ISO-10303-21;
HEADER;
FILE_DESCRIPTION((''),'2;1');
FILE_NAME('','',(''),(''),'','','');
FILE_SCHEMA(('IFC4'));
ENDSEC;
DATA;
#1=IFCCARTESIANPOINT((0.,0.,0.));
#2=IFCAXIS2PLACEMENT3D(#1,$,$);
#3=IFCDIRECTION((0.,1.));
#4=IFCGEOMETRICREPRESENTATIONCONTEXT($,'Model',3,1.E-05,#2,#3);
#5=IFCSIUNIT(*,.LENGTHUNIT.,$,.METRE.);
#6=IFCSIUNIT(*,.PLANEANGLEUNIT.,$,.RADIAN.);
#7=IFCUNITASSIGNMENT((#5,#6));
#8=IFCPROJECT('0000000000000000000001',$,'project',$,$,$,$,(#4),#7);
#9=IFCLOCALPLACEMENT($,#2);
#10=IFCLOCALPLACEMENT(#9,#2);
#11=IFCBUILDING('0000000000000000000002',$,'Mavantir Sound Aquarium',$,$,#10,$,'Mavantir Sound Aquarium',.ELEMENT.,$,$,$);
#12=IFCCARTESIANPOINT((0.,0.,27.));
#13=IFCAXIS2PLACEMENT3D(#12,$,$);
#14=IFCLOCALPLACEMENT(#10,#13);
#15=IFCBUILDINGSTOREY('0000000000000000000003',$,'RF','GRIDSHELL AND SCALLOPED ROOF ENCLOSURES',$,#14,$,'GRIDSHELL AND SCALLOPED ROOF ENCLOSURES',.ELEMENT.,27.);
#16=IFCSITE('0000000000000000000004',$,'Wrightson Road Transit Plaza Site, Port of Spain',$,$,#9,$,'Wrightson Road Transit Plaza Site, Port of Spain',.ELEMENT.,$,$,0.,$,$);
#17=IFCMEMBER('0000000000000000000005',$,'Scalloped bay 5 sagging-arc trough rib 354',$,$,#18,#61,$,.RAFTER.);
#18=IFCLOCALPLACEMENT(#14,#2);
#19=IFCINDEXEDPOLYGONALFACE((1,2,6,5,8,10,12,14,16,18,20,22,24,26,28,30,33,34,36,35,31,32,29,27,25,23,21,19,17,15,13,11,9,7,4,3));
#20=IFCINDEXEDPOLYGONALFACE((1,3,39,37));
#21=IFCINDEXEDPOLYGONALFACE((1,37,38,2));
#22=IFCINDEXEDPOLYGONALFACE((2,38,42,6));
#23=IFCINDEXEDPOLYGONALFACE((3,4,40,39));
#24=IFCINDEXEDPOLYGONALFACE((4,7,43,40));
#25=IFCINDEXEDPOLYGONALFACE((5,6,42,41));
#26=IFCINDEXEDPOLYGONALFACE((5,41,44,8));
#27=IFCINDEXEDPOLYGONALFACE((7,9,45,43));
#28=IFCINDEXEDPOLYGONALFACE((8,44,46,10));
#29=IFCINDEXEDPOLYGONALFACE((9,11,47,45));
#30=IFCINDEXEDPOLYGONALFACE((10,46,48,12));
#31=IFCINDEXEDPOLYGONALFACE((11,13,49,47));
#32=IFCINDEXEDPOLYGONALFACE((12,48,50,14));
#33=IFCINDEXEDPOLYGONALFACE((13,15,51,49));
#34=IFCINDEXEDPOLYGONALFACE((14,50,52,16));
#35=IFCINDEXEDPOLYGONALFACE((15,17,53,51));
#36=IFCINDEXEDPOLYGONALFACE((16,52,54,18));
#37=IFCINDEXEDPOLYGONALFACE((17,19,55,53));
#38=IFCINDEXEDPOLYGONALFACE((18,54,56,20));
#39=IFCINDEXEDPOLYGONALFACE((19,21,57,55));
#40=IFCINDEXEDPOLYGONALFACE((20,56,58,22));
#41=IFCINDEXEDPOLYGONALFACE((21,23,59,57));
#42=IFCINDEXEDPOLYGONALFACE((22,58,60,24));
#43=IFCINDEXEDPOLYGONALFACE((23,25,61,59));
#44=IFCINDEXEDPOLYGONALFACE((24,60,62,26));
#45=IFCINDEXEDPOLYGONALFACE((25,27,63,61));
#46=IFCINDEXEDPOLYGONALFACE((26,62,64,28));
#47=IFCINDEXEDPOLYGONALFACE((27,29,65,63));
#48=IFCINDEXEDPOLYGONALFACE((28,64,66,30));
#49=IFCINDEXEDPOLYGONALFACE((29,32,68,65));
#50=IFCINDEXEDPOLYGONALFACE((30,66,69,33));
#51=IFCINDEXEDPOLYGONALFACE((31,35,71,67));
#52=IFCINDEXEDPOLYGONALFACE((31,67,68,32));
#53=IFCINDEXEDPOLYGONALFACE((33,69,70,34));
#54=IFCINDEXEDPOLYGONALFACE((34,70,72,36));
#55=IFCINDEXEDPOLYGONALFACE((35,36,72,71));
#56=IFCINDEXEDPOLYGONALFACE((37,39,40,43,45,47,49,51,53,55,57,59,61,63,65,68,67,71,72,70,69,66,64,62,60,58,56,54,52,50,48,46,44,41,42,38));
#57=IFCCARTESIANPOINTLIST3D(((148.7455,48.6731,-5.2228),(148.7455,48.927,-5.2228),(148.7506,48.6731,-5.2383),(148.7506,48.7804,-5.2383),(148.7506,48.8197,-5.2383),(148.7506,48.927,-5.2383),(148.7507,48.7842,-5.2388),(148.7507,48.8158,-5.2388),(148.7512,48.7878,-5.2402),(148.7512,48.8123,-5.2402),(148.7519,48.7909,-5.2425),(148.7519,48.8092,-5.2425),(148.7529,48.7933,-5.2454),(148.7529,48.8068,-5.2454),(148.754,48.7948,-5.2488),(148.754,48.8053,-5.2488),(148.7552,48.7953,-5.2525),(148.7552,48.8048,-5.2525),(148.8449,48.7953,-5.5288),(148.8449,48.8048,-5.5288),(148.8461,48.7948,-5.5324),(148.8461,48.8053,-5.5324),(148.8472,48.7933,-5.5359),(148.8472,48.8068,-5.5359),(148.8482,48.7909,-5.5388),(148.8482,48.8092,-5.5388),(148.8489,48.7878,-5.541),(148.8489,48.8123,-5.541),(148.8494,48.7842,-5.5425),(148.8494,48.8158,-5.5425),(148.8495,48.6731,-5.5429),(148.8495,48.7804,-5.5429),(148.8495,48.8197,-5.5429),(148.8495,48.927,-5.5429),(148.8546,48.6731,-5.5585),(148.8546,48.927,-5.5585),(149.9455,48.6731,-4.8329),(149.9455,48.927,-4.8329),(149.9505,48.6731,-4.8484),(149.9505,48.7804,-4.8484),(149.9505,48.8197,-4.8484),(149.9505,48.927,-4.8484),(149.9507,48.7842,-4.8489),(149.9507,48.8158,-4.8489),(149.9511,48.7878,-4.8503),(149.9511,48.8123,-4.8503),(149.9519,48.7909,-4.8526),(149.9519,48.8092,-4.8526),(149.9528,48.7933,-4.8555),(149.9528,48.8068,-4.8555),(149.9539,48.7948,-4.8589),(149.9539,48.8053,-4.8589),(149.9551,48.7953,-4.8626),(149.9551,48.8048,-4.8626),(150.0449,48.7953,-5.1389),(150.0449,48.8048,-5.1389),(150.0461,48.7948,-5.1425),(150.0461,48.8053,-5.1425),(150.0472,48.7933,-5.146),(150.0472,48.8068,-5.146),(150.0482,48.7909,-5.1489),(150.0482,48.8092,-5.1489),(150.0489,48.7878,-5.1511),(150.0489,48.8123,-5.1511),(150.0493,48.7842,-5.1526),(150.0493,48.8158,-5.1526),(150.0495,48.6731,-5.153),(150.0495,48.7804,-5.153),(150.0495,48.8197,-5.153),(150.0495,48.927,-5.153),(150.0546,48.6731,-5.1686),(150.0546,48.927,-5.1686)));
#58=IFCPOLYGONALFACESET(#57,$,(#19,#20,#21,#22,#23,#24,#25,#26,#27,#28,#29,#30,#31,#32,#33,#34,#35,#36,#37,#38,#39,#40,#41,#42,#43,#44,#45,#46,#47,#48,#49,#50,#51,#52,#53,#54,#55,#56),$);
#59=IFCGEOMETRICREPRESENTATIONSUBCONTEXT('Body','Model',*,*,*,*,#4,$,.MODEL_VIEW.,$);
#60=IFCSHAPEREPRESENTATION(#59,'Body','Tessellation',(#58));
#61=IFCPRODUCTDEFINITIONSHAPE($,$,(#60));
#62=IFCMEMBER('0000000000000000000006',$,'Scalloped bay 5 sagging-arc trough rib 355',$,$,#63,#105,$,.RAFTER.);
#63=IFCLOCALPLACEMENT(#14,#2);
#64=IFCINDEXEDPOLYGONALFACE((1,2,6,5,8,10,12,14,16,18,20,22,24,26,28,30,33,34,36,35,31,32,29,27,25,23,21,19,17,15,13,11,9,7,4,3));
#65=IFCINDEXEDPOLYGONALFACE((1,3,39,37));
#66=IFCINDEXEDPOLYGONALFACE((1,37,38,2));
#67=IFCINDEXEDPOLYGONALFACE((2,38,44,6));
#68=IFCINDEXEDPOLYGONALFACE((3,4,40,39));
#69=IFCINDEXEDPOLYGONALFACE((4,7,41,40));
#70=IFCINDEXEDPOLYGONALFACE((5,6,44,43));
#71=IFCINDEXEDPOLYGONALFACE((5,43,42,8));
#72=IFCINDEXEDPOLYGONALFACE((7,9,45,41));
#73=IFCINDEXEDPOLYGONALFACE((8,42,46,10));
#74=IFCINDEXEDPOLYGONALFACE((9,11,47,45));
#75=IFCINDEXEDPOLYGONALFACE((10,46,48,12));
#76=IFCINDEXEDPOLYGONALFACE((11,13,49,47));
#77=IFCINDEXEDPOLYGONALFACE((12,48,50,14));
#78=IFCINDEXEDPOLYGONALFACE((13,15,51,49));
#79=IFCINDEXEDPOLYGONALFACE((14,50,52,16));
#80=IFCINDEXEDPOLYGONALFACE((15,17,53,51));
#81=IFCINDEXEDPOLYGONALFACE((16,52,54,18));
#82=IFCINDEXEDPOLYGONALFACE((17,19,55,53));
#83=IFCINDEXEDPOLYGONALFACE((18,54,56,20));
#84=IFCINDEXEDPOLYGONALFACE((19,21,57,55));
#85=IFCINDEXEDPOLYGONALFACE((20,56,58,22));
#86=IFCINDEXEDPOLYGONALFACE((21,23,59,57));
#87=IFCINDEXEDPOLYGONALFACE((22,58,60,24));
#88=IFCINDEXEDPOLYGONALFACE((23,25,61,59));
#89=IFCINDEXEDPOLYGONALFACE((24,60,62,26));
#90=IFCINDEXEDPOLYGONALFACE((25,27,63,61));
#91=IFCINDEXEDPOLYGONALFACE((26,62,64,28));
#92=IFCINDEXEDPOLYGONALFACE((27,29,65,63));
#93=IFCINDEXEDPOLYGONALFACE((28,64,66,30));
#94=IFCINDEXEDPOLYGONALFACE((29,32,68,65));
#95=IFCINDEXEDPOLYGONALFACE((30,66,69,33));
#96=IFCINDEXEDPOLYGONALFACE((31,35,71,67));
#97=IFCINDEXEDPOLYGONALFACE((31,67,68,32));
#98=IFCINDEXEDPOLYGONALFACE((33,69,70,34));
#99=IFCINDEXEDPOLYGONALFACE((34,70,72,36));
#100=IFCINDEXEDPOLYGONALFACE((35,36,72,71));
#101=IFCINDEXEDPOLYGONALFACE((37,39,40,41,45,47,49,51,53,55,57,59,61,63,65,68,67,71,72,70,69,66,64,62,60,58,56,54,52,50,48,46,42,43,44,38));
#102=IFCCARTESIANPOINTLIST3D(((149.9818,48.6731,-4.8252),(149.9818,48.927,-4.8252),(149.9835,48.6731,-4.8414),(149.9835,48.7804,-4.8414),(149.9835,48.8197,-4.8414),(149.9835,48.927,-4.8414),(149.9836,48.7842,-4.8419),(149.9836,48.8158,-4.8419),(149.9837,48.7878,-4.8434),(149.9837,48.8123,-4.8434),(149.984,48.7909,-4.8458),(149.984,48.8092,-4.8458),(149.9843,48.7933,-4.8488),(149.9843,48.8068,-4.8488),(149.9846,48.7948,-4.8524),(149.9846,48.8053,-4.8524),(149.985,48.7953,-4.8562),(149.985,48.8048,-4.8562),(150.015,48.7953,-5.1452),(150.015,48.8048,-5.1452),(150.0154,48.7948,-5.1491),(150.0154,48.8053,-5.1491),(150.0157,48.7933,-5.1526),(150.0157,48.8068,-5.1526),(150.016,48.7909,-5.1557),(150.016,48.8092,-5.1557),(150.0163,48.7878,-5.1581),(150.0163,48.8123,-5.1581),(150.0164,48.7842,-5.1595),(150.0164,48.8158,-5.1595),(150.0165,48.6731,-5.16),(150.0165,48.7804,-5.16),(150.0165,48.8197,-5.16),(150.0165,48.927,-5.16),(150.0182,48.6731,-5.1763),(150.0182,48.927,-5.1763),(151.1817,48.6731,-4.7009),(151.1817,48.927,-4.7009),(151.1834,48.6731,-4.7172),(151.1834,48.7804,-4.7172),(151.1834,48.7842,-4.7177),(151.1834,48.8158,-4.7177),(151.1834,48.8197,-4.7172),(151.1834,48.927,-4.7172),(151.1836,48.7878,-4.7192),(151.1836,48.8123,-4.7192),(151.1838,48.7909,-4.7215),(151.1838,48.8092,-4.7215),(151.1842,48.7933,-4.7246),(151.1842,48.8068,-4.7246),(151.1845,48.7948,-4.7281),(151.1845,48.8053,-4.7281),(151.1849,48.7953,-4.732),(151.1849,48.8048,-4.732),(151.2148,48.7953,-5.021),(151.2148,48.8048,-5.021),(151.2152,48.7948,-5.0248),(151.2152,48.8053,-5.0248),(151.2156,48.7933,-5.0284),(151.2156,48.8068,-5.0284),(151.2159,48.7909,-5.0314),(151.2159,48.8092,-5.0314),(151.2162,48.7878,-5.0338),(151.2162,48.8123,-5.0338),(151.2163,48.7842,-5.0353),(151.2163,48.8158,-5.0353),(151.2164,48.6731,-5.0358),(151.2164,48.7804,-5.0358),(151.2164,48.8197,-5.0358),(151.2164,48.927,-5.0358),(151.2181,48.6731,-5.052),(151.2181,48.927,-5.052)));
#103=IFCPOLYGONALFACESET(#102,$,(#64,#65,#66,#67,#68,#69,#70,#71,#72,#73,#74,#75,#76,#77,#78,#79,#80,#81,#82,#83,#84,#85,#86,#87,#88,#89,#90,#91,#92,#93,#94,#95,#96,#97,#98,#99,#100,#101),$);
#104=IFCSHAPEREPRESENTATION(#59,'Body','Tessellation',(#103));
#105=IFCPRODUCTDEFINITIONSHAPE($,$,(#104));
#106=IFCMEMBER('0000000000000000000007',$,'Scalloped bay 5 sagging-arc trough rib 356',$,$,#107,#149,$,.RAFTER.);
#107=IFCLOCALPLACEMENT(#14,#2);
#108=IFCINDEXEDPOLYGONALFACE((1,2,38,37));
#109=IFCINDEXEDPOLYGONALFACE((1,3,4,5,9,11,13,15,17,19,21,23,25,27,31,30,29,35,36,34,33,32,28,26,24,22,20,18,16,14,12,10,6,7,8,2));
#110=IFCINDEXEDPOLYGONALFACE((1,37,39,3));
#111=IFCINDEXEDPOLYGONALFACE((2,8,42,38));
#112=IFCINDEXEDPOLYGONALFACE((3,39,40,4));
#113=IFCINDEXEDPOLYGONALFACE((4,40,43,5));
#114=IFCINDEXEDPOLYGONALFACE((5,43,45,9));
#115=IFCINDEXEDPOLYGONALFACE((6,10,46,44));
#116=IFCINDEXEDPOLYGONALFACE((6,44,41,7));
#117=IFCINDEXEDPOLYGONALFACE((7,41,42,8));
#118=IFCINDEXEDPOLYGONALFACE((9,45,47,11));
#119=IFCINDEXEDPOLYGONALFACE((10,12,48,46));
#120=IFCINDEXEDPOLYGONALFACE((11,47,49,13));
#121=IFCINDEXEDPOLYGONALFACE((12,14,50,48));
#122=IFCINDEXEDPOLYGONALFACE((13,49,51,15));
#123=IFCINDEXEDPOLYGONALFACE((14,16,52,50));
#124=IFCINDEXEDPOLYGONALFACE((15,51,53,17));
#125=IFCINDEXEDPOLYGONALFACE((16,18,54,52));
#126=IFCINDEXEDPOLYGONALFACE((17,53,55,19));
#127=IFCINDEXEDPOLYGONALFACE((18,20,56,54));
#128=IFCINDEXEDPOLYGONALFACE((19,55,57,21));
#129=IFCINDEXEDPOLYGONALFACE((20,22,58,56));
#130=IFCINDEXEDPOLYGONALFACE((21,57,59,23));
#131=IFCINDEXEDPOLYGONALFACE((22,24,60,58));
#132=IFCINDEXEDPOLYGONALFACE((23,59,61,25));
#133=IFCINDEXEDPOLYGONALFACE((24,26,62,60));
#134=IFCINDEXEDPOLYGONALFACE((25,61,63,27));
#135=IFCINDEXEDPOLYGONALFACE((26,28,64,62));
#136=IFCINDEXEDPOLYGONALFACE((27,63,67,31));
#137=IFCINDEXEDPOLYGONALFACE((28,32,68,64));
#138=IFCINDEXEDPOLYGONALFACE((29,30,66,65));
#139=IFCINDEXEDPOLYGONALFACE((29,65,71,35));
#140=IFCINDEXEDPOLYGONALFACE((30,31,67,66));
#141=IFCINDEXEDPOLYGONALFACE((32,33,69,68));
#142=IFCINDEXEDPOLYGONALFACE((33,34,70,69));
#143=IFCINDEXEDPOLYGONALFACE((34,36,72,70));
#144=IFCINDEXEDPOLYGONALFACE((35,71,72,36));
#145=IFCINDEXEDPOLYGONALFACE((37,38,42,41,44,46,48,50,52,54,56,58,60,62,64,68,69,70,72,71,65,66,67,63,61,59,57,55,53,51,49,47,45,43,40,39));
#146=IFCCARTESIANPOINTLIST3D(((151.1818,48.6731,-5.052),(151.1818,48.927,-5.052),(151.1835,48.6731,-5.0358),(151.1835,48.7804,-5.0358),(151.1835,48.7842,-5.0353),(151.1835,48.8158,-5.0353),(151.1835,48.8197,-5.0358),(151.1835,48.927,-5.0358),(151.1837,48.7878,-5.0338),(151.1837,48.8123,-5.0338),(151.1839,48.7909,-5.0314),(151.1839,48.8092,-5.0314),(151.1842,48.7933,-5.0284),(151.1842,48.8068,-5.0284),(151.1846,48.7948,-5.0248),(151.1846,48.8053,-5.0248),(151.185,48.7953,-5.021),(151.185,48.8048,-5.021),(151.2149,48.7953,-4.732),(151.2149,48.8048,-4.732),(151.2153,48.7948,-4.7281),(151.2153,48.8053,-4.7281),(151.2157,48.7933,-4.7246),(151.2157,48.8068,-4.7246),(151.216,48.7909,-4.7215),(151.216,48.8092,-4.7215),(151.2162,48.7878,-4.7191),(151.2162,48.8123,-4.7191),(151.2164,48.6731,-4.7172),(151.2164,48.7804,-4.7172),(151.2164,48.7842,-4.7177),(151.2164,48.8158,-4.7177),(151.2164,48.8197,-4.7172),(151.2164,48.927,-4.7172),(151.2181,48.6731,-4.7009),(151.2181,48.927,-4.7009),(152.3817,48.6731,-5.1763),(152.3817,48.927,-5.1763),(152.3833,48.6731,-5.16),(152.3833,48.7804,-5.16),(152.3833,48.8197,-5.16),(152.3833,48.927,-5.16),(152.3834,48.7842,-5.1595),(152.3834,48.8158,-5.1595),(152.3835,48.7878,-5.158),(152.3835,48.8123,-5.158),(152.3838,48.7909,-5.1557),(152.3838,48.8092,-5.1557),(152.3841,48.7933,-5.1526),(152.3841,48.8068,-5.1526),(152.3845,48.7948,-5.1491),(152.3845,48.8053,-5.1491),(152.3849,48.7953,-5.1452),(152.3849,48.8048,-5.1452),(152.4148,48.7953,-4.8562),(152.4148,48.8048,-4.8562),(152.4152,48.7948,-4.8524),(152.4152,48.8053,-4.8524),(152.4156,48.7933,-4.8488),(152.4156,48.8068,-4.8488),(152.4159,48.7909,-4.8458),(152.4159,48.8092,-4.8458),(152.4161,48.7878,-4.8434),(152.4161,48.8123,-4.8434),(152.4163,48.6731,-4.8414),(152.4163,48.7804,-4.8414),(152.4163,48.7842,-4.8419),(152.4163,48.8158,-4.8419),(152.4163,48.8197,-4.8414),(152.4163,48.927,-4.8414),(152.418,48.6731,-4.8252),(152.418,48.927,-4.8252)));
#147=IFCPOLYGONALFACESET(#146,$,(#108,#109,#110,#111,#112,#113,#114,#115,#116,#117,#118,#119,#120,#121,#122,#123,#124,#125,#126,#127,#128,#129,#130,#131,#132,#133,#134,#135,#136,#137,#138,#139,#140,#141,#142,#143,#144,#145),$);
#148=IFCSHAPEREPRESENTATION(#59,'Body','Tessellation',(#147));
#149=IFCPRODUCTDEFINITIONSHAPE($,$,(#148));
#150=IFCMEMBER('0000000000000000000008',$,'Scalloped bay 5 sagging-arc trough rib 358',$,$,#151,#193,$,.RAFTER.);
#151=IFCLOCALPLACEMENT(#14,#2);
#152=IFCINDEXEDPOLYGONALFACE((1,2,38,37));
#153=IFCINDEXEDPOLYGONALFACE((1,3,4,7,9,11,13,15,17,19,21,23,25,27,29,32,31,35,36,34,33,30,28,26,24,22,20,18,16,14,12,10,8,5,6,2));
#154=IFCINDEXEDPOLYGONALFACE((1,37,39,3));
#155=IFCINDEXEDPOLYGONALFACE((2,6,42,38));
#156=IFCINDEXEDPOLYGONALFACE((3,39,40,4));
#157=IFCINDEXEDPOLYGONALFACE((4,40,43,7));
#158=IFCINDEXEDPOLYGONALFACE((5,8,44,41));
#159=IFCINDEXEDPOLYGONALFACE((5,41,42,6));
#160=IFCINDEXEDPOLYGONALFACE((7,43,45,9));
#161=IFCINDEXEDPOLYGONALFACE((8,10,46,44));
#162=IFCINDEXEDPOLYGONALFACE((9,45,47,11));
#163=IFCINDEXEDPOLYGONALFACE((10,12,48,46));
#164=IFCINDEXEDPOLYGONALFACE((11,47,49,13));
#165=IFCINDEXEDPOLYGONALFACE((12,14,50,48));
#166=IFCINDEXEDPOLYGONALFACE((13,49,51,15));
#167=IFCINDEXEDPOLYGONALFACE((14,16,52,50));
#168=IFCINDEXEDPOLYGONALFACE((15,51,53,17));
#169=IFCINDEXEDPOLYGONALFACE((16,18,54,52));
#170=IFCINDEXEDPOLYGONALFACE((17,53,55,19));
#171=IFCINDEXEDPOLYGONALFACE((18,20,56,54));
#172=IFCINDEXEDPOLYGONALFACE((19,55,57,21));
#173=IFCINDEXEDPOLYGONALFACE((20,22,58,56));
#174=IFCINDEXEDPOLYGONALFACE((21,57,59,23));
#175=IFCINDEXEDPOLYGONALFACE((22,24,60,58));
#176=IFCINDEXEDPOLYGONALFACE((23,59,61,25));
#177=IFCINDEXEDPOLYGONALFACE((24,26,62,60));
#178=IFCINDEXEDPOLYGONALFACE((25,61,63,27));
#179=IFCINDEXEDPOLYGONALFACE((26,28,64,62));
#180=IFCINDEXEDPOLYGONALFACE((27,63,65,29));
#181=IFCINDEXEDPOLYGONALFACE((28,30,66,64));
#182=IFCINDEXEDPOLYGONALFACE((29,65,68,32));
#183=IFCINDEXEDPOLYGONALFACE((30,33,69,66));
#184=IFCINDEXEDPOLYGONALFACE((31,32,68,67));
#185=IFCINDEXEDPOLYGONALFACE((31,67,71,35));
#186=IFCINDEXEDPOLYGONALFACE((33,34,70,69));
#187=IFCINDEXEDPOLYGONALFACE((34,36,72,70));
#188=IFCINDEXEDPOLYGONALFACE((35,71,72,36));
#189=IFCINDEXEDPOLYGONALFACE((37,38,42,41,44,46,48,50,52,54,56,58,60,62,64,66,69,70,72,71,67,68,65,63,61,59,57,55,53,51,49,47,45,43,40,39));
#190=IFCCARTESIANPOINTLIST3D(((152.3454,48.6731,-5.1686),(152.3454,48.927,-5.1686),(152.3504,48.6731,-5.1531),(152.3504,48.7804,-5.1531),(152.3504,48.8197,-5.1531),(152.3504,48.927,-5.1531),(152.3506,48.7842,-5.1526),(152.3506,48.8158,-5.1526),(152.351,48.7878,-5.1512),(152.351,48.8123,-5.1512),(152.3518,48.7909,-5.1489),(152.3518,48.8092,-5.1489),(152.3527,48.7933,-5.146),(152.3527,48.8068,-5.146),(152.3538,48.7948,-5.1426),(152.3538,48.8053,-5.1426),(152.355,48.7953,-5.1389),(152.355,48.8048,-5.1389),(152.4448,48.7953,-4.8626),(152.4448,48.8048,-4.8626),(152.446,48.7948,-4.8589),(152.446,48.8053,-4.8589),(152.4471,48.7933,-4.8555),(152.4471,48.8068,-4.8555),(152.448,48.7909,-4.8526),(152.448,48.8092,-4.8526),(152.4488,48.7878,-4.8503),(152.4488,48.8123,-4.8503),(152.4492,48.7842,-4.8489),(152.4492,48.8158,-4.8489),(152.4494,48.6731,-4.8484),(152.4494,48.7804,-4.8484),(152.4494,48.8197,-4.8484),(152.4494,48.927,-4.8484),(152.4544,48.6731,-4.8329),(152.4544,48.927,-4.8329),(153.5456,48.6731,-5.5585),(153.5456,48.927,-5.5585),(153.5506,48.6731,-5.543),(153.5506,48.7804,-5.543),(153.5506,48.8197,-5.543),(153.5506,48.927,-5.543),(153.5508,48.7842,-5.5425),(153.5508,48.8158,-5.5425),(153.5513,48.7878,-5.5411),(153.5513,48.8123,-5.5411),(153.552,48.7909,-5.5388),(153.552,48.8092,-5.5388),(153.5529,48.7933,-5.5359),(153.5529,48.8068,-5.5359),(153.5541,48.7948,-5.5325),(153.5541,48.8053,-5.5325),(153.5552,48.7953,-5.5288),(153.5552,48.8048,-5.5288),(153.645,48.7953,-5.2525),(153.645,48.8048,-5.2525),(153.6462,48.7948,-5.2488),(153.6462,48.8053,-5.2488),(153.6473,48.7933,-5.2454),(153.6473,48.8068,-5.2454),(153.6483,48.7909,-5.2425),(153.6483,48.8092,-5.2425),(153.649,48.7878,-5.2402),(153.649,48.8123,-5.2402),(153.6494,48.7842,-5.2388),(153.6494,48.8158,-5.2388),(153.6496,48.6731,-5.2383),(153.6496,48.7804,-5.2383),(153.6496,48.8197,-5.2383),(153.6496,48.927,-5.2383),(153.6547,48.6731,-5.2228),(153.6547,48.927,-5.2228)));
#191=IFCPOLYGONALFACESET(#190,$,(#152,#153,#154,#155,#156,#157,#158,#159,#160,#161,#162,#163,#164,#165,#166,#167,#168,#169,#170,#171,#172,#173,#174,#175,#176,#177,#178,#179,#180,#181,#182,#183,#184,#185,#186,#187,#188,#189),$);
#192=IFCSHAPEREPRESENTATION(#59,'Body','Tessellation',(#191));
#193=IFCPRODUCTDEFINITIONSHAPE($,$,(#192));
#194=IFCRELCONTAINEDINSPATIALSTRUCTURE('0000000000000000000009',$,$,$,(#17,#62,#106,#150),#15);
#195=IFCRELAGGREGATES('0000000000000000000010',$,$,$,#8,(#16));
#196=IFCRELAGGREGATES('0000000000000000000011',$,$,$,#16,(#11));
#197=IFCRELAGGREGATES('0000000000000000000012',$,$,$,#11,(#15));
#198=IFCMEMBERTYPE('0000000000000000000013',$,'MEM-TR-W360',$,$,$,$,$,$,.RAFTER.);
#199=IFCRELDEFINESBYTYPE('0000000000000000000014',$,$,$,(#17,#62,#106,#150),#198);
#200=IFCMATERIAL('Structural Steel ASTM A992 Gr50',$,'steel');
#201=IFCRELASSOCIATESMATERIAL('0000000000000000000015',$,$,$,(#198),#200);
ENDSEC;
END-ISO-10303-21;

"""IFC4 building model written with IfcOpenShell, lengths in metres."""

from ifc_helpers import new_model, si_unit, direction, frame, origin, origin_2d, place, context, subcontext, project, spatial, i_section, extrude, material, material_profile, profile_set, type_object, element, save


model = new_model("IFC4")

# Units and contexts
model_context = context("Model", 3, precision=1e-05, world=origin(), true_north=direction((0.0, 1.0)))
body_context = subcontext(model_context, "Body", "Model", "MODEL_VIEW")
ifc_project = project(units=[si_unit("LENGTHUNIT", "METRE"), si_unit("PLANEANGLEUNIT", "RADIAN")], contexts=[model_context])

# Site, building, storey
site_placement = place(None, origin())
site = spatial("IfcSite", under=ifc_project, at=site_placement, Name="Wrightson Road Transit Plaza Site, Port of Spain", LongName="Wrightson Road Transit Plaza Site, Port of Spain", CompositionType="ELEMENT", RefElevation=0.0)
building_placement = place(site_placement, origin())
building = spatial("IfcBuilding", under=site, at=building_placement, Name="Mavantir Sound Aquarium", LongName="Mavantir Sound Aquarium", CompositionType="ELEMENT")
storey_placement = place(building_placement, frame((0.0, 0.0, 27.0)))
storey = spatial("IfcBuildingStorey", under=building, at=storey_placement, Name="RF", Description="GRIDSHELL AND SCALLOPED ROOF ENCLOSURES", LongName="GRIDSHELL AND SCALLOPED ROOF ENCLOSURES", CompositionType="ELEMENT", Elevation=27.0)

# Shared definitions
ifc_material_1 = material(Name="Structural Steel ASTM A992 Gr50", Category="steel")

# Members
ifc_material_profile_1 = material_profile(ifc_material_1, i_section(OverallWidth=0.2539, OverallDepth=0.353, WebThickness=0.0095, FlangeThickness=0.0164, FilletRadius=0.0149, at=origin_2d()), Name="W360X91")
ifc_profile_set_1 = profile_set([ifc_material_profile_1], Name="Structural Steel ASTM A992 Gr50")
member_type_1 = type_object("IfcMemberType", Name="MEM-TR-W360", PredefinedType="RAFTER", material=ifc_profile_set_1)
member_1_placement = place(storey_placement, frame((148.8, 48.8, -5.3906), z_axis=(0.951055, 0.0, 0.30902), x_axis=(0.0, 1.0, 0.0)))
element("IfcMember", 1, at=member_1_placement, inside=storey, type_object=member_type_1, Name="Scalloped bay 5 sagging-arc trough rib 354", PredefinedType="RAFTER", context=body_context, shape_type="SweptSolid", body=[
    extrude(i_section(OverallWidth=0.2539, OverallDepth=0.353, WebThickness=0.0095, FlangeThickness=0.0164, FilletRadius=0.0149, at=origin_2d()), origin(), (0.0, 0.0, 1.0), 1.2617),
])
for number, where, z_axis, x_axis, name in (
    (2, (150.0, 48.8, -5.0007), (0.99468, 0.0, 0.10301), (0.0, 1.0, 0.0), "Scalloped bay 5 sagging-arc trough rib 355"),
    (3, (151.2, 48.8, -4.8765), (0.99468, 0.0, -0.10301), (0.0, 1.0, 0.0), "Scalloped bay 5 sagging-arc trough rib 356"),
):
    element("IfcMember", number, at=place(storey_placement, frame(where, z_axis=z_axis, x_axis=x_axis)), inside=storey, type_object=member_type_1, Name=name, PredefinedType="RAFTER", context=body_context, shape_type="SweptSolid", body=[
        extrude(i_section(OverallWidth=0.2539, OverallDepth=0.353, WebThickness=0.0095, FlangeThickness=0.0164, FilletRadius=0.0149, at=origin_2d()), origin(), (0.0, 0.0, 1.0), 1.2063),
    ])
member_2_placement = place(storey_placement, frame((152.3999, 48.8, -5.0007), z_axis=(0.951074, 0.0, -0.308964), x_axis=(0.0, 1.0, 0.0)))
element("IfcMember", 4, at=member_2_placement, inside=storey, type_object=member_type_1, Name="Scalloped bay 5 sagging-arc trough rib 358", PredefinedType="RAFTER", context=body_context, shape_type="SweptSolid", body=[
    extrude(i_section(OverallWidth=0.2539, OverallDepth=0.353, WebThickness=0.0095, FlangeThickness=0.0164, FilletRadius=0.0149, at=origin_2d()), origin(), (0.0, 0.0, 1.0), 1.262),
])

save(model, "model.ifc")
